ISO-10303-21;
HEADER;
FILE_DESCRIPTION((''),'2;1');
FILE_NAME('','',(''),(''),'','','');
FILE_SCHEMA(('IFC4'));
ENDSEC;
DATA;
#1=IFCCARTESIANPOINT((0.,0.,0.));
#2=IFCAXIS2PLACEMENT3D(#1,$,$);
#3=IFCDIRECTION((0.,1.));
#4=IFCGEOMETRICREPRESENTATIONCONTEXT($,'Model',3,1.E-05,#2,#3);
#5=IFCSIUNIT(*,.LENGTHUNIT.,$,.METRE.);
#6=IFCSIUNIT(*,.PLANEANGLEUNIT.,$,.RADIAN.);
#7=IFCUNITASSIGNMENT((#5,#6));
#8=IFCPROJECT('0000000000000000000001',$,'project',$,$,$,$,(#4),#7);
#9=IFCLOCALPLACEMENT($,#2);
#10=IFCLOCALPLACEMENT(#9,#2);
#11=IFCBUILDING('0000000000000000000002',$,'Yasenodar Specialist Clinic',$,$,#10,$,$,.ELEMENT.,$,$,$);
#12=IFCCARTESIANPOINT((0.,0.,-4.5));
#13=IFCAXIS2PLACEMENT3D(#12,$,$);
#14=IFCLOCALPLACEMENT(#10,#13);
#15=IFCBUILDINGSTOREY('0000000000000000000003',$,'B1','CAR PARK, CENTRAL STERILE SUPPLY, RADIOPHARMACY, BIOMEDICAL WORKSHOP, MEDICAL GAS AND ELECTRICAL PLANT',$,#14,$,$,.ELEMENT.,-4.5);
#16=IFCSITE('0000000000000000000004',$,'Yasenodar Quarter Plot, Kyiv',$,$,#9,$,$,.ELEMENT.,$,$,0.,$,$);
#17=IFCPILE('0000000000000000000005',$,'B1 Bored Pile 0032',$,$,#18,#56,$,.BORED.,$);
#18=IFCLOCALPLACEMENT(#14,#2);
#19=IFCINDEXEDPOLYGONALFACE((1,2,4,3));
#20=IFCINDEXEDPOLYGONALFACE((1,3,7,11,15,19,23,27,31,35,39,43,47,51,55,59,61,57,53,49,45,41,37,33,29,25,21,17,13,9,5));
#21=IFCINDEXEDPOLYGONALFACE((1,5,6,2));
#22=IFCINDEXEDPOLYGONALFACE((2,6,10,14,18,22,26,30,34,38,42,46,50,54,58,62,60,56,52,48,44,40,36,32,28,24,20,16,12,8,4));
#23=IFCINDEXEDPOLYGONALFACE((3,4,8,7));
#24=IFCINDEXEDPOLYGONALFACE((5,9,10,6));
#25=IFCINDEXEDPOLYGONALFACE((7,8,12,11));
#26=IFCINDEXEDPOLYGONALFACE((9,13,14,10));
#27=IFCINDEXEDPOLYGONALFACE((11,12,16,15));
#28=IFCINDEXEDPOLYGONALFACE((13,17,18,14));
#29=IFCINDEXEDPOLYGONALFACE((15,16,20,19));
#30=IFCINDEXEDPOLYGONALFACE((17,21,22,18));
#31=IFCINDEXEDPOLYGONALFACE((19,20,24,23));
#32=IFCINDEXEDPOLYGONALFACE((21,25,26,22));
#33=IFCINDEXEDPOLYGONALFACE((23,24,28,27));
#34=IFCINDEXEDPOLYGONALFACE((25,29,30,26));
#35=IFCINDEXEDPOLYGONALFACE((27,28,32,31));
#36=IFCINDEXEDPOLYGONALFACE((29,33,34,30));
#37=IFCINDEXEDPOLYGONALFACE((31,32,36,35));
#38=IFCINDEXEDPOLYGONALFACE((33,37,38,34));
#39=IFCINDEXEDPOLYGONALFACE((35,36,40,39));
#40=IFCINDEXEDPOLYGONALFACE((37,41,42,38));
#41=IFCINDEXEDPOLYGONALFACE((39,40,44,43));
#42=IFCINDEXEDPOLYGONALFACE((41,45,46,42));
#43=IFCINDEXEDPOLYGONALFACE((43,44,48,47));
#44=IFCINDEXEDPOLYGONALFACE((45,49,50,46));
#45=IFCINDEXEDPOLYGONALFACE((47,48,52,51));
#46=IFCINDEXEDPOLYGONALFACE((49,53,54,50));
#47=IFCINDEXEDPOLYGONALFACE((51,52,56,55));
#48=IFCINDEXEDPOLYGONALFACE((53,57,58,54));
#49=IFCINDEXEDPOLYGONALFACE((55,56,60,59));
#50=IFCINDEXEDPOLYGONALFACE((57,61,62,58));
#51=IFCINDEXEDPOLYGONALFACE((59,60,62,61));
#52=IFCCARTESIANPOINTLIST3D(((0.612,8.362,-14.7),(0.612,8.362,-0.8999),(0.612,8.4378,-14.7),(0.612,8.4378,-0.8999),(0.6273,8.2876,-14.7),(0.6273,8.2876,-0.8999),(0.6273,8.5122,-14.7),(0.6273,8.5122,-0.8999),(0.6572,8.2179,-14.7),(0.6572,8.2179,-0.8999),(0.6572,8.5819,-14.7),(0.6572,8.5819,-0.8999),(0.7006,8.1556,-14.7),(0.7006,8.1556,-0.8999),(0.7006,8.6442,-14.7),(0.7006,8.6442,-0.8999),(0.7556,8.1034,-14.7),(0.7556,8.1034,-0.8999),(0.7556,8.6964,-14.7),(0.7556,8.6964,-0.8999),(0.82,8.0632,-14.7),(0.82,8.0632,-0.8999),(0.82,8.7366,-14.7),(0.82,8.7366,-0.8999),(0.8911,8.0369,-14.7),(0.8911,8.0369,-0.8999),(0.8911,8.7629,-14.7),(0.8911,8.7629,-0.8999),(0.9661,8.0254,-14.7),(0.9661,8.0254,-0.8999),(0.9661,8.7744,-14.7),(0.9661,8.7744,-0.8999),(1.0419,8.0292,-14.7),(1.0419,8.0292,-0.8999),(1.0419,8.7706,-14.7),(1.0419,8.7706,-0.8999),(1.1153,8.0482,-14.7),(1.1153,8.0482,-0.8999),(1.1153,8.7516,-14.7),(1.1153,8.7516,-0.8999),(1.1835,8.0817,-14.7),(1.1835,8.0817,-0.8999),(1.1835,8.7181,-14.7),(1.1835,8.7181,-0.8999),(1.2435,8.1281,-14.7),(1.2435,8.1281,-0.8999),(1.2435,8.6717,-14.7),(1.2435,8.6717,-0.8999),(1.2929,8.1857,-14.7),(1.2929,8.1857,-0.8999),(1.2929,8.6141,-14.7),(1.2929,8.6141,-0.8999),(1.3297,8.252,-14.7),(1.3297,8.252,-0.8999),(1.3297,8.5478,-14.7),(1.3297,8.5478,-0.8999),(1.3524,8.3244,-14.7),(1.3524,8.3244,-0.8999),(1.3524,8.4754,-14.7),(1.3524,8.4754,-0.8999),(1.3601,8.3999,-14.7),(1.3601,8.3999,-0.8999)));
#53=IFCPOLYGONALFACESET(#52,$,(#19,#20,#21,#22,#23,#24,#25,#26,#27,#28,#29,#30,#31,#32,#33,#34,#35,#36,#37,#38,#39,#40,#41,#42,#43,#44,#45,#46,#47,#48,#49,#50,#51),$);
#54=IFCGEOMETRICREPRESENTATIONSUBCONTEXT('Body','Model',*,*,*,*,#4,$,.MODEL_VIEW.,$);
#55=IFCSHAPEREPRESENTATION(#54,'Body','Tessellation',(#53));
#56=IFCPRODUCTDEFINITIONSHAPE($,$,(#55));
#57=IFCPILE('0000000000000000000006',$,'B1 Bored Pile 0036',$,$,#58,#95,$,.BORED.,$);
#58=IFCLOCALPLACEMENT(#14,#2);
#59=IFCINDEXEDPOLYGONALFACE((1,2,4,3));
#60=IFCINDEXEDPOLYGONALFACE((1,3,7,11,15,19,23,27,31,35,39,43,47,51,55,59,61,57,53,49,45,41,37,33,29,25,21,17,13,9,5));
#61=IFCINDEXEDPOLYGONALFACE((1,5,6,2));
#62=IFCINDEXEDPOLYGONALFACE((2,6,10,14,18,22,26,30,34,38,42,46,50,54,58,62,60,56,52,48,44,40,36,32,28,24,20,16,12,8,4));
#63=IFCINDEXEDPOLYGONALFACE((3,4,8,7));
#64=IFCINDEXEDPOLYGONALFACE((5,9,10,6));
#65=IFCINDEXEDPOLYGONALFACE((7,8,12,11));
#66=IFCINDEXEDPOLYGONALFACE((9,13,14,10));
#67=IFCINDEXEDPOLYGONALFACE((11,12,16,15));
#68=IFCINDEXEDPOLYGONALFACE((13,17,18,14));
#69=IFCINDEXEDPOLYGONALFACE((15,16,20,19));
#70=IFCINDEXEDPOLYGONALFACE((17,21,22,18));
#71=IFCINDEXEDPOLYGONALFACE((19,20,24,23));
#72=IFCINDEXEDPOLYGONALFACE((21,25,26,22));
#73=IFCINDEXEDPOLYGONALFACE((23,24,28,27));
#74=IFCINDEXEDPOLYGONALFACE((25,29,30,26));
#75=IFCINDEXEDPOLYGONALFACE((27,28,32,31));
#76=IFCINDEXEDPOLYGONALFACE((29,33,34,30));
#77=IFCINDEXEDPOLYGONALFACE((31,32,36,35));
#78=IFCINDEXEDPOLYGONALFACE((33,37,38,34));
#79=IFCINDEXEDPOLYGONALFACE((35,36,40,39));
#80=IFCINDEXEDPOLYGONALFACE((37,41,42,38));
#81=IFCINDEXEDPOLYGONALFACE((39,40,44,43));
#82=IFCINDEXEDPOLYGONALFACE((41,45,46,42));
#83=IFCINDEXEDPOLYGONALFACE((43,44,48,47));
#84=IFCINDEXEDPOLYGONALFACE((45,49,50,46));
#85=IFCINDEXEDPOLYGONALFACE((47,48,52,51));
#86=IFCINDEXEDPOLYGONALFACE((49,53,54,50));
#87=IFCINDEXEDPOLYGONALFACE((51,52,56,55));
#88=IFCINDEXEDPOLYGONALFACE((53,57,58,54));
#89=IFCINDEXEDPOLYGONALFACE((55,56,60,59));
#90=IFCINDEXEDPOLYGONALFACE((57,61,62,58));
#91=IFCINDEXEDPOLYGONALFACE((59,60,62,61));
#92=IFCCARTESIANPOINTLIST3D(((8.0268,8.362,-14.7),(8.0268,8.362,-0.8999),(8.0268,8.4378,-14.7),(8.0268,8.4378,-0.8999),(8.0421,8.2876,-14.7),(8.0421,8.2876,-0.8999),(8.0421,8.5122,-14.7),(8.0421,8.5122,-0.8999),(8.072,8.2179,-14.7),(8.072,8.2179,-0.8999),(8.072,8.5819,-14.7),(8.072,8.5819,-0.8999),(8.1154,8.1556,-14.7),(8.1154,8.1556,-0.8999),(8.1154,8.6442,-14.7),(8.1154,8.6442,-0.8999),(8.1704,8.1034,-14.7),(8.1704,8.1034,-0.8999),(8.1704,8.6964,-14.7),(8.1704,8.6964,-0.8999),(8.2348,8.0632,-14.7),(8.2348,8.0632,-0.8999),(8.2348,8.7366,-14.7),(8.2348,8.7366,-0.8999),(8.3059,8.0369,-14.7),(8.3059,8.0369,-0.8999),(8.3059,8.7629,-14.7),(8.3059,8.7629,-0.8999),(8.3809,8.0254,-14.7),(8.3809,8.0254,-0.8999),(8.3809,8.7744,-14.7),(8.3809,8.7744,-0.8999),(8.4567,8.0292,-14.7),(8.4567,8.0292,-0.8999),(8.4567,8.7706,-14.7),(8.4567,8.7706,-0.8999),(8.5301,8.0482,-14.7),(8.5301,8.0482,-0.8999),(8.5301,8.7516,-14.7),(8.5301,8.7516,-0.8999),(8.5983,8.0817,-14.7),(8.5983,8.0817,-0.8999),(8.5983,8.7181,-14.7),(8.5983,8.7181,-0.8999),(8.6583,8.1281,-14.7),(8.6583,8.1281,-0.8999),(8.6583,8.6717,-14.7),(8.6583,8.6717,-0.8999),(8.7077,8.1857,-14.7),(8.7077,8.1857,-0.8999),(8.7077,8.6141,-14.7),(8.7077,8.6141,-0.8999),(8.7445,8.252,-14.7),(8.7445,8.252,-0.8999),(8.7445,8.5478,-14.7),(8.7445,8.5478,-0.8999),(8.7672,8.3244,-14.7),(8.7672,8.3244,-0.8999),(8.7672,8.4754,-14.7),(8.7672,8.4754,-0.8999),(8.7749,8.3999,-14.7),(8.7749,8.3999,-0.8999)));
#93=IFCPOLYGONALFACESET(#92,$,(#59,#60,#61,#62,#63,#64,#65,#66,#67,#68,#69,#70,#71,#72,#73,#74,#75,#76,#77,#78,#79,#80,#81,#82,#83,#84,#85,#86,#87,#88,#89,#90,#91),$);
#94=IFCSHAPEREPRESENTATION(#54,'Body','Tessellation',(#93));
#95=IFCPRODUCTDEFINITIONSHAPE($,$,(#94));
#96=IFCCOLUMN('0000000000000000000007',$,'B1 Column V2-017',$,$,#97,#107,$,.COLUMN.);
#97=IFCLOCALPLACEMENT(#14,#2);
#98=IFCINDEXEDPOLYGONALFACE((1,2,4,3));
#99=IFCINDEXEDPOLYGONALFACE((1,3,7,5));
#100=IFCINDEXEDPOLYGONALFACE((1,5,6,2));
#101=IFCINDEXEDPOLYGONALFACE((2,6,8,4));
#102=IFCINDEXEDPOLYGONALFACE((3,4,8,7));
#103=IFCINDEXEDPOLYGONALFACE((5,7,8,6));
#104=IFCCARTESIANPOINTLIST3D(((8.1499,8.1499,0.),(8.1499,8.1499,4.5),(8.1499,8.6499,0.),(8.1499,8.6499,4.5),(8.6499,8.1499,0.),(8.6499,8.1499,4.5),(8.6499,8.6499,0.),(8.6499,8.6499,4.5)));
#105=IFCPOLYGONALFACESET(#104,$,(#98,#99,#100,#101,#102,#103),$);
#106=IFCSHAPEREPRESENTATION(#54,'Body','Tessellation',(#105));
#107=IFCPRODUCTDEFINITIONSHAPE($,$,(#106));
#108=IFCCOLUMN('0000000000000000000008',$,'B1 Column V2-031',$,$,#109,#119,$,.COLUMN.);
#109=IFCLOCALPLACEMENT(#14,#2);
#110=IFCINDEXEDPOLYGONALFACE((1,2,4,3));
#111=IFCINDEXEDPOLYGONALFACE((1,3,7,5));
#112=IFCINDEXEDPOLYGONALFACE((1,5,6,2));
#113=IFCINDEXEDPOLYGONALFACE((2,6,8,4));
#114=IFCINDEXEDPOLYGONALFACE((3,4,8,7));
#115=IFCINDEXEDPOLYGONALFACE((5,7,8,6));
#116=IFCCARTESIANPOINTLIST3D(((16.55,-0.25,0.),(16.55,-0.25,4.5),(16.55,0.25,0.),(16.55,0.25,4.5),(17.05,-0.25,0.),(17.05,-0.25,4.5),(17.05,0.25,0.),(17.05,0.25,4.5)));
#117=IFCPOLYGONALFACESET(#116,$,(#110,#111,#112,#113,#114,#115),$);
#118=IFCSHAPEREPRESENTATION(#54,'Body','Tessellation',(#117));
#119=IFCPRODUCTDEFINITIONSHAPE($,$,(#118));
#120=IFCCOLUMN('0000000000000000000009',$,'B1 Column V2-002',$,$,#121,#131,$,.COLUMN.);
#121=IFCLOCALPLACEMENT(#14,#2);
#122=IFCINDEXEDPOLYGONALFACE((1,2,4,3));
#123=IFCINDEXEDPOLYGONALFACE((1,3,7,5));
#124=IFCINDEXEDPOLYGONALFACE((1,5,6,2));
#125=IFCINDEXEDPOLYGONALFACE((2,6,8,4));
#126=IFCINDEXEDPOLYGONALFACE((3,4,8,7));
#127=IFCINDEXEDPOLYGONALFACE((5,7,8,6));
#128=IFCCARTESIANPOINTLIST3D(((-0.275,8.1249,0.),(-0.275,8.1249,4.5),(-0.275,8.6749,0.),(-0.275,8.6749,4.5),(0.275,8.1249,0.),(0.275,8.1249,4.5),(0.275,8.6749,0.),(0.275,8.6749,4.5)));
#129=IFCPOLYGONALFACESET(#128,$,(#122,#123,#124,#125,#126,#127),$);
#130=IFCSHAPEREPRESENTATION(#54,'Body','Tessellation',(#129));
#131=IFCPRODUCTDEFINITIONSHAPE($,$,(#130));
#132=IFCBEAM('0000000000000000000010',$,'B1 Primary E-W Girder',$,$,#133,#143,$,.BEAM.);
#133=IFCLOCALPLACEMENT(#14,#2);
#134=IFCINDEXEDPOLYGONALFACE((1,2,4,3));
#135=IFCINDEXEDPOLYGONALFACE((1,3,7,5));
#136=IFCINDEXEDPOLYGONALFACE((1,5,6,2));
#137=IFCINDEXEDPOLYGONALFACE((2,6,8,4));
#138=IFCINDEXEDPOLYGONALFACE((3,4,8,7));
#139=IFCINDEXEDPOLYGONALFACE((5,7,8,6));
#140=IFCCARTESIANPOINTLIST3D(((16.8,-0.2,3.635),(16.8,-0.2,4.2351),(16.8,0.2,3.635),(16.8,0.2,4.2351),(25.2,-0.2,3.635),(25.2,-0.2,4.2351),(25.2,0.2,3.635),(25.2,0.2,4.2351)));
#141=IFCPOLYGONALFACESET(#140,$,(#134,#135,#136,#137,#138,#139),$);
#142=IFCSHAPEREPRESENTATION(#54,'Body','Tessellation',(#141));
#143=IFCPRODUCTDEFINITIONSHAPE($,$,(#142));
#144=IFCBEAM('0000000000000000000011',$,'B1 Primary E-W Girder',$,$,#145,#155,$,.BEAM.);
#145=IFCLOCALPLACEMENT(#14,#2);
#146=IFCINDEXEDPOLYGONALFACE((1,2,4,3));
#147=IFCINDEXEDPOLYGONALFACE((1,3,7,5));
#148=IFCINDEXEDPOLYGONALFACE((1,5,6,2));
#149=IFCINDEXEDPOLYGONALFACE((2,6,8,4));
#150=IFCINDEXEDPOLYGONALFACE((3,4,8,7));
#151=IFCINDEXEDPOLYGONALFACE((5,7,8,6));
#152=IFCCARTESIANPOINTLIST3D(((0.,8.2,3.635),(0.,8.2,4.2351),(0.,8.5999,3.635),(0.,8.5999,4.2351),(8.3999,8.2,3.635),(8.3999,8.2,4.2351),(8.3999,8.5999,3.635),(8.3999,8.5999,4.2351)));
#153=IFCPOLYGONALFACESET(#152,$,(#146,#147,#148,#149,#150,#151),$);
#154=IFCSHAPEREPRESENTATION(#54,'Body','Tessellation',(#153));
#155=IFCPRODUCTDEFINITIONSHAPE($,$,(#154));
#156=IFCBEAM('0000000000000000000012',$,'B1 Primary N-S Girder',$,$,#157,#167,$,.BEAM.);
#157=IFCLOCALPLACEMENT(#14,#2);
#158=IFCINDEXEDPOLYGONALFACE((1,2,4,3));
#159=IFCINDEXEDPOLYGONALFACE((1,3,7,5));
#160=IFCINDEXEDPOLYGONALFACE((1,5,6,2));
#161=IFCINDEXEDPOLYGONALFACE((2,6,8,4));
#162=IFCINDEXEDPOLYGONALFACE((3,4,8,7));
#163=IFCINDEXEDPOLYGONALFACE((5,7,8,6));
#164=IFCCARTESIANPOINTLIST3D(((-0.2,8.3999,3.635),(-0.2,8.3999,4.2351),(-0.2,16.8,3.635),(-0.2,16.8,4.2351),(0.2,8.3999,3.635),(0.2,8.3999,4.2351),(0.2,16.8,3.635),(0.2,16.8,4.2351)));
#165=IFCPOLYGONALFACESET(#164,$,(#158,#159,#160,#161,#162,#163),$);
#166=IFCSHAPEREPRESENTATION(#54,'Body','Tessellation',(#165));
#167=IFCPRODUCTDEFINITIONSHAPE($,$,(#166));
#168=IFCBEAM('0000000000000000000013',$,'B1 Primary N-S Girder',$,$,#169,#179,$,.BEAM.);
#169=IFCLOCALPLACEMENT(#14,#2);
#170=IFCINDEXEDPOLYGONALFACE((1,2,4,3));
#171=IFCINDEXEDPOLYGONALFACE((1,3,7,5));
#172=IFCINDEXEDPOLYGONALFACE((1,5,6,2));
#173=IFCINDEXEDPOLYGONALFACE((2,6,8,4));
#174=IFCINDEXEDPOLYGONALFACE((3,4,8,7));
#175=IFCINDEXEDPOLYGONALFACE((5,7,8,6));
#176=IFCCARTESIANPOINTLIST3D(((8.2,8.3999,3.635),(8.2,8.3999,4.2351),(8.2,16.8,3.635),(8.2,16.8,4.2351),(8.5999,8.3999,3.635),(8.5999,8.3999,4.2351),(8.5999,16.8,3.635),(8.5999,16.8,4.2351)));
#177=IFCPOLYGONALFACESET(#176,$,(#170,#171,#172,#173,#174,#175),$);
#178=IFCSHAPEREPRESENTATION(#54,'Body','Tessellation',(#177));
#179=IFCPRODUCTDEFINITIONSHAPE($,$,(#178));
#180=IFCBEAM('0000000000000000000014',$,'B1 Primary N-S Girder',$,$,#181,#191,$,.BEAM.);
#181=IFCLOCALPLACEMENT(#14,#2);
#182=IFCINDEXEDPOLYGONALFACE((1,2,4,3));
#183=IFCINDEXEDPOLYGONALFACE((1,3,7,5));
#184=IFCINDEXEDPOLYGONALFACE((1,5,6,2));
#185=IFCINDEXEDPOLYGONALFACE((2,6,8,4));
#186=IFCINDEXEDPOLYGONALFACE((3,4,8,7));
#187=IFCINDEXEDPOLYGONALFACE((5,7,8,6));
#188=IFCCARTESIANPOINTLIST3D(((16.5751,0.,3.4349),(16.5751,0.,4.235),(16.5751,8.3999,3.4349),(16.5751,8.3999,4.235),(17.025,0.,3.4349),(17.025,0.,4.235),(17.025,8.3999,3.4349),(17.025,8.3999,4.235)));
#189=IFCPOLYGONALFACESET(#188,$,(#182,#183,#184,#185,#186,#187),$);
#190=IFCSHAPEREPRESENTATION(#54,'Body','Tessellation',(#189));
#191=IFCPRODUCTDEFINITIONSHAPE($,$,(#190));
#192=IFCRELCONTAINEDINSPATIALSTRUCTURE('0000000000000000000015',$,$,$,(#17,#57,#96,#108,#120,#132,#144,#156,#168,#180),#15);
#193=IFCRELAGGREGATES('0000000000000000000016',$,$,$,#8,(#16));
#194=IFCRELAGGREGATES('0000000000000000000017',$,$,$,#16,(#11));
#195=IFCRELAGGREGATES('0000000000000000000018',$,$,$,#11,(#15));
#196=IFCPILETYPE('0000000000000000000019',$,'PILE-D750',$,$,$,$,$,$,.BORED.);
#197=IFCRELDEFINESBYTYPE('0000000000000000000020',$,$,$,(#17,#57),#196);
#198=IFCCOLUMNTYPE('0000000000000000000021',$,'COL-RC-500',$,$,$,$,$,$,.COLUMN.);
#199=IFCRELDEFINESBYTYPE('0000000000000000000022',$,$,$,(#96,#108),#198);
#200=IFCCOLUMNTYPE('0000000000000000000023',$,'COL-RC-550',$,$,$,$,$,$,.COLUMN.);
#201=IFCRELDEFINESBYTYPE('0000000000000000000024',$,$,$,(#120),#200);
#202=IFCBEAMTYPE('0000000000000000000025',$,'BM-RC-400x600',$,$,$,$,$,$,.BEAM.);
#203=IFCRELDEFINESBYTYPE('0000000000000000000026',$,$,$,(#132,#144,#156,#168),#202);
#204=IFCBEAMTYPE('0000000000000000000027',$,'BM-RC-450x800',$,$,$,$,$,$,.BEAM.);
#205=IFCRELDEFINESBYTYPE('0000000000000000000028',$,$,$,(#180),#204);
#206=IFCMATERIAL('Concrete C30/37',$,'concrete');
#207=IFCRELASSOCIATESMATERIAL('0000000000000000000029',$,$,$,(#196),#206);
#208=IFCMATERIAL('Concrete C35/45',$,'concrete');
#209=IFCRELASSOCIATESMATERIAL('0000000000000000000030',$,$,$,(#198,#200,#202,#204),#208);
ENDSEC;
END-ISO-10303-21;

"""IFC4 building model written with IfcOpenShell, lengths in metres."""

from ifc_helpers import new_model, si_unit, direction, frame, origin, origin_2d, place, context, subcontext, project, spatial, rectangle, circle, extrude, material, material_profile, profile_set, type_object, element, save


model = new_model("IFC4")

# Units and contexts
model_context = context("Model", 3, precision=1e-05, world=origin(), true_north=direction((0.0, 1.0)))
body_context = subcontext(model_context, "Body", "Model", "MODEL_VIEW")
ifc_project = project(units=[si_unit("LENGTHUNIT", "METRE"), si_unit("PLANEANGLEUNIT", "RADIAN")], contexts=[model_context])

# Site, building, storey
site_placement = place(None, origin())
site = spatial("IfcSite", under=ifc_project, at=site_placement, Name="Yasenodar Quarter Plot, Kyiv", CompositionType="ELEMENT", RefElevation=0.0)
building_placement = place(site_placement, origin())
building = spatial("IfcBuilding", under=site, at=building_placement, Name="Yasenodar Specialist Clinic", CompositionType="ELEMENT")
storey_placement = place(building_placement, frame((0.0, 0.0, -4.5)))
storey = spatial("IfcBuildingStorey", under=building, at=storey_placement, Name="B1", Description="CAR PARK, CENTRAL STERILE SUPPLY, RADIOPHARMACY, BIOMEDICAL WORKSHOP, MEDICAL GAS AND ELECTRICAL PLANT", CompositionType="ELEMENT", Elevation=-4.5)

# Shared definitions
ifc_material_1 = material(Name="Concrete C35/45", Category="concrete")

# Piles
ifc_material_2 = material(Name="Concrete C30/37", Category="concrete")
ifc_material_profile_1 = material_profile(ifc_material_2, circle(Radius=0.375, at=origin_2d()), Name="PILE D750")
ifc_profile_set_1 = profile_set([ifc_material_profile_1], Name="Concrete C30/37")
pile_type_1 = type_object("IfcPileType", Name="PILE-D750", PredefinedType="BORED", material=ifc_profile_set_1)
for number, where, z_axis, x_axis, name in (
    (1, (0.9851, 8.3999, -0.8999), (0.0, 0.0, -1.0), (1.0, 0.0, 0.0), "B1 Bored Pile 0032"),
    (2, (8.3999, 8.3999, -0.8999), (0.0, 0.0, -1.0), (1.0, 0.0, 0.0), "B1 Bored Pile 0036"),
):
    element("IfcPile", number, at=place(storey_placement, frame(where, z_axis=z_axis, x_axis=x_axis)), inside=storey, type_object=pile_type_1, Name=name, PredefinedType="BORED", context=body_context, shape_type="SweptSolid", body=[
        extrude(circle(Radius=0.375, at=origin_2d()), origin(), (0.0, 0.0, 1.0), 13.8),
    ])

# Columns
ifc_material_profile_2 = material_profile(ifc_material_1, rectangle(XDim=0.5, YDim=0.5, at=origin_2d()), Name="RC 500x500")
ifc_profile_set_2 = profile_set([ifc_material_profile_2], Name="Concrete C35/45")
column_type_1 = type_object("IfcColumnType", Name="COL-RC-500", PredefinedType="COLUMN", material=ifc_profile_set_2)
for number, where, z_axis, x_axis, name in (
    (3, (8.3999, 8.3999, 0.0), (0.0, 0.0, 1.0), (1.0, 0.0, 0.0), "B1 Column V2-017"),
    (4, (16.8, 0.0, 0.0), (0.0, 0.0, 1.0), (1.0, 0.0, 0.0), "B1 Column V2-031"),
):
    element("IfcColumn", number, at=place(storey_placement, frame(where, z_axis=z_axis, x_axis=x_axis)), inside=storey, type_object=column_type_1, Name=name, PredefinedType="COLUMN", context=body_context, shape_type="SweptSolid", body=[
        extrude(rectangle(XDim=0.5, YDim=0.5, at=origin_2d()), origin(), (0.0, 0.0, 1.0), 4.5),
    ])
ifc_material_profile_3 = material_profile(ifc_material_1, rectangle(XDim=0.55, YDim=0.55, at=origin_2d()), Name="RC 550x550")
ifc_profile_set_3 = profile_set([ifc_material_profile_3], Name="Concrete C35/45")
column_type_2 = type_object("IfcColumnType", Name="COL-RC-550", PredefinedType="COLUMN", material=ifc_profile_set_3)
column_placement = place(storey_placement, frame((0.0, 8.3999, 0.0), z_axis=(0.0, 0.0, 1.0), x_axis=(1.0, 0.0, 0.0)))
element("IfcColumn", 5, at=column_placement, inside=storey, type_object=column_type_2, Name="B1 Column V2-002", PredefinedType="COLUMN", context=body_context, shape_type="SweptSolid", body=[
    extrude(rectangle(XDim=0.55, YDim=0.55, at=origin_2d()), origin(), (0.0, 0.0, 1.0), 4.5),
])

# Beams
ifc_material_profile_4 = material_profile(ifc_material_1, rectangle(XDim=0.3999, YDim=0.6001, at=origin_2d()), Name="RC 400x600")
ifc_profile_set_4 = profile_set([ifc_material_profile_4], Name="Concrete C35/45")
beam_type_1 = type_object("IfcBeamType", Name="BM-RC-400x600", PredefinedType="BEAM", material=ifc_profile_set_4)
for number, where, z_axis, x_axis, name in (
    (6, (16.8, 0.0, 3.9351), (1.0, 0.0, 0.0), (0.0, 1.0, 0.0), "B1 Primary E-W Girder"),
    (7, (0.0, 8.3999, 3.9351), (1.0, 0.0, 0.0), (0.0, 1.0, 0.0), "B1 Primary E-W Girder"),
):
    element("IfcBeam", number, at=place(storey_placement, frame(where, z_axis=z_axis, x_axis=x_axis)), inside=storey, type_object=beam_type_1, Name=name, PredefinedType="BEAM", context=body_context, shape_type="SweptSolid", body=[
        extrude(rectangle(XDim=0.3999, YDim=0.6001, at=origin_2d()), origin(), (0.0, 0.0, 1.0), 8.3999),
    ])
for number, where, z_axis, x_axis, name in (
    (8, (0.0, 8.3999, 3.9351), (0.0, 1.0, 0.0), (-1.0, 0.0, 0.0), "B1 Primary N-S Girder"),
    (9, (8.3999, 8.3999, 3.9351), (0.0, 1.0, 0.0), (-1.0, 0.0, 0.0), "B1 Primary N-S Girder"),
):
    element("IfcBeam", number, at=place(storey_placement, frame(where, z_axis=z_axis, x_axis=x_axis)), inside=storey, type_object=beam_type_1, Name=name, PredefinedType="BEAM", context=body_context, shape_type="SweptSolid", body=[
        extrude(rectangle(XDim=0.3999, YDim=0.6001, at=origin_2d()), origin(), (0.0, 0.0, 1.0), 8.4001),
    ])
ifc_material_profile_5 = material_profile(ifc_material_1, rectangle(XDim=0.45, YDim=0.8, at=origin_2d()), Name="RC 450x800")
ifc_profile_set_5 = profile_set([ifc_material_profile_5], Name="Concrete C35/45")
beam_type_2 = type_object("IfcBeamType", Name="BM-RC-450x800", PredefinedType="BEAM", material=ifc_profile_set_5)
beam_1_placement = place(storey_placement, frame((16.8, 0.0, 3.835), z_axis=(0.0, 1.0, 0.0), x_axis=(-1.0, 0.0, 0.0)))
element("IfcBeam", 10, at=beam_1_placement, inside=storey, type_object=beam_type_2, Name="B1 Primary N-S Girder", PredefinedType="BEAM", context=body_context, shape_type="SweptSolid", body=[
    extrude(rectangle(XDim=0.45, YDim=0.8, at=origin_2d()), origin(), (0.0, 0.0, 1.0), 8.3999),
])

save(model, "model.ifc")
